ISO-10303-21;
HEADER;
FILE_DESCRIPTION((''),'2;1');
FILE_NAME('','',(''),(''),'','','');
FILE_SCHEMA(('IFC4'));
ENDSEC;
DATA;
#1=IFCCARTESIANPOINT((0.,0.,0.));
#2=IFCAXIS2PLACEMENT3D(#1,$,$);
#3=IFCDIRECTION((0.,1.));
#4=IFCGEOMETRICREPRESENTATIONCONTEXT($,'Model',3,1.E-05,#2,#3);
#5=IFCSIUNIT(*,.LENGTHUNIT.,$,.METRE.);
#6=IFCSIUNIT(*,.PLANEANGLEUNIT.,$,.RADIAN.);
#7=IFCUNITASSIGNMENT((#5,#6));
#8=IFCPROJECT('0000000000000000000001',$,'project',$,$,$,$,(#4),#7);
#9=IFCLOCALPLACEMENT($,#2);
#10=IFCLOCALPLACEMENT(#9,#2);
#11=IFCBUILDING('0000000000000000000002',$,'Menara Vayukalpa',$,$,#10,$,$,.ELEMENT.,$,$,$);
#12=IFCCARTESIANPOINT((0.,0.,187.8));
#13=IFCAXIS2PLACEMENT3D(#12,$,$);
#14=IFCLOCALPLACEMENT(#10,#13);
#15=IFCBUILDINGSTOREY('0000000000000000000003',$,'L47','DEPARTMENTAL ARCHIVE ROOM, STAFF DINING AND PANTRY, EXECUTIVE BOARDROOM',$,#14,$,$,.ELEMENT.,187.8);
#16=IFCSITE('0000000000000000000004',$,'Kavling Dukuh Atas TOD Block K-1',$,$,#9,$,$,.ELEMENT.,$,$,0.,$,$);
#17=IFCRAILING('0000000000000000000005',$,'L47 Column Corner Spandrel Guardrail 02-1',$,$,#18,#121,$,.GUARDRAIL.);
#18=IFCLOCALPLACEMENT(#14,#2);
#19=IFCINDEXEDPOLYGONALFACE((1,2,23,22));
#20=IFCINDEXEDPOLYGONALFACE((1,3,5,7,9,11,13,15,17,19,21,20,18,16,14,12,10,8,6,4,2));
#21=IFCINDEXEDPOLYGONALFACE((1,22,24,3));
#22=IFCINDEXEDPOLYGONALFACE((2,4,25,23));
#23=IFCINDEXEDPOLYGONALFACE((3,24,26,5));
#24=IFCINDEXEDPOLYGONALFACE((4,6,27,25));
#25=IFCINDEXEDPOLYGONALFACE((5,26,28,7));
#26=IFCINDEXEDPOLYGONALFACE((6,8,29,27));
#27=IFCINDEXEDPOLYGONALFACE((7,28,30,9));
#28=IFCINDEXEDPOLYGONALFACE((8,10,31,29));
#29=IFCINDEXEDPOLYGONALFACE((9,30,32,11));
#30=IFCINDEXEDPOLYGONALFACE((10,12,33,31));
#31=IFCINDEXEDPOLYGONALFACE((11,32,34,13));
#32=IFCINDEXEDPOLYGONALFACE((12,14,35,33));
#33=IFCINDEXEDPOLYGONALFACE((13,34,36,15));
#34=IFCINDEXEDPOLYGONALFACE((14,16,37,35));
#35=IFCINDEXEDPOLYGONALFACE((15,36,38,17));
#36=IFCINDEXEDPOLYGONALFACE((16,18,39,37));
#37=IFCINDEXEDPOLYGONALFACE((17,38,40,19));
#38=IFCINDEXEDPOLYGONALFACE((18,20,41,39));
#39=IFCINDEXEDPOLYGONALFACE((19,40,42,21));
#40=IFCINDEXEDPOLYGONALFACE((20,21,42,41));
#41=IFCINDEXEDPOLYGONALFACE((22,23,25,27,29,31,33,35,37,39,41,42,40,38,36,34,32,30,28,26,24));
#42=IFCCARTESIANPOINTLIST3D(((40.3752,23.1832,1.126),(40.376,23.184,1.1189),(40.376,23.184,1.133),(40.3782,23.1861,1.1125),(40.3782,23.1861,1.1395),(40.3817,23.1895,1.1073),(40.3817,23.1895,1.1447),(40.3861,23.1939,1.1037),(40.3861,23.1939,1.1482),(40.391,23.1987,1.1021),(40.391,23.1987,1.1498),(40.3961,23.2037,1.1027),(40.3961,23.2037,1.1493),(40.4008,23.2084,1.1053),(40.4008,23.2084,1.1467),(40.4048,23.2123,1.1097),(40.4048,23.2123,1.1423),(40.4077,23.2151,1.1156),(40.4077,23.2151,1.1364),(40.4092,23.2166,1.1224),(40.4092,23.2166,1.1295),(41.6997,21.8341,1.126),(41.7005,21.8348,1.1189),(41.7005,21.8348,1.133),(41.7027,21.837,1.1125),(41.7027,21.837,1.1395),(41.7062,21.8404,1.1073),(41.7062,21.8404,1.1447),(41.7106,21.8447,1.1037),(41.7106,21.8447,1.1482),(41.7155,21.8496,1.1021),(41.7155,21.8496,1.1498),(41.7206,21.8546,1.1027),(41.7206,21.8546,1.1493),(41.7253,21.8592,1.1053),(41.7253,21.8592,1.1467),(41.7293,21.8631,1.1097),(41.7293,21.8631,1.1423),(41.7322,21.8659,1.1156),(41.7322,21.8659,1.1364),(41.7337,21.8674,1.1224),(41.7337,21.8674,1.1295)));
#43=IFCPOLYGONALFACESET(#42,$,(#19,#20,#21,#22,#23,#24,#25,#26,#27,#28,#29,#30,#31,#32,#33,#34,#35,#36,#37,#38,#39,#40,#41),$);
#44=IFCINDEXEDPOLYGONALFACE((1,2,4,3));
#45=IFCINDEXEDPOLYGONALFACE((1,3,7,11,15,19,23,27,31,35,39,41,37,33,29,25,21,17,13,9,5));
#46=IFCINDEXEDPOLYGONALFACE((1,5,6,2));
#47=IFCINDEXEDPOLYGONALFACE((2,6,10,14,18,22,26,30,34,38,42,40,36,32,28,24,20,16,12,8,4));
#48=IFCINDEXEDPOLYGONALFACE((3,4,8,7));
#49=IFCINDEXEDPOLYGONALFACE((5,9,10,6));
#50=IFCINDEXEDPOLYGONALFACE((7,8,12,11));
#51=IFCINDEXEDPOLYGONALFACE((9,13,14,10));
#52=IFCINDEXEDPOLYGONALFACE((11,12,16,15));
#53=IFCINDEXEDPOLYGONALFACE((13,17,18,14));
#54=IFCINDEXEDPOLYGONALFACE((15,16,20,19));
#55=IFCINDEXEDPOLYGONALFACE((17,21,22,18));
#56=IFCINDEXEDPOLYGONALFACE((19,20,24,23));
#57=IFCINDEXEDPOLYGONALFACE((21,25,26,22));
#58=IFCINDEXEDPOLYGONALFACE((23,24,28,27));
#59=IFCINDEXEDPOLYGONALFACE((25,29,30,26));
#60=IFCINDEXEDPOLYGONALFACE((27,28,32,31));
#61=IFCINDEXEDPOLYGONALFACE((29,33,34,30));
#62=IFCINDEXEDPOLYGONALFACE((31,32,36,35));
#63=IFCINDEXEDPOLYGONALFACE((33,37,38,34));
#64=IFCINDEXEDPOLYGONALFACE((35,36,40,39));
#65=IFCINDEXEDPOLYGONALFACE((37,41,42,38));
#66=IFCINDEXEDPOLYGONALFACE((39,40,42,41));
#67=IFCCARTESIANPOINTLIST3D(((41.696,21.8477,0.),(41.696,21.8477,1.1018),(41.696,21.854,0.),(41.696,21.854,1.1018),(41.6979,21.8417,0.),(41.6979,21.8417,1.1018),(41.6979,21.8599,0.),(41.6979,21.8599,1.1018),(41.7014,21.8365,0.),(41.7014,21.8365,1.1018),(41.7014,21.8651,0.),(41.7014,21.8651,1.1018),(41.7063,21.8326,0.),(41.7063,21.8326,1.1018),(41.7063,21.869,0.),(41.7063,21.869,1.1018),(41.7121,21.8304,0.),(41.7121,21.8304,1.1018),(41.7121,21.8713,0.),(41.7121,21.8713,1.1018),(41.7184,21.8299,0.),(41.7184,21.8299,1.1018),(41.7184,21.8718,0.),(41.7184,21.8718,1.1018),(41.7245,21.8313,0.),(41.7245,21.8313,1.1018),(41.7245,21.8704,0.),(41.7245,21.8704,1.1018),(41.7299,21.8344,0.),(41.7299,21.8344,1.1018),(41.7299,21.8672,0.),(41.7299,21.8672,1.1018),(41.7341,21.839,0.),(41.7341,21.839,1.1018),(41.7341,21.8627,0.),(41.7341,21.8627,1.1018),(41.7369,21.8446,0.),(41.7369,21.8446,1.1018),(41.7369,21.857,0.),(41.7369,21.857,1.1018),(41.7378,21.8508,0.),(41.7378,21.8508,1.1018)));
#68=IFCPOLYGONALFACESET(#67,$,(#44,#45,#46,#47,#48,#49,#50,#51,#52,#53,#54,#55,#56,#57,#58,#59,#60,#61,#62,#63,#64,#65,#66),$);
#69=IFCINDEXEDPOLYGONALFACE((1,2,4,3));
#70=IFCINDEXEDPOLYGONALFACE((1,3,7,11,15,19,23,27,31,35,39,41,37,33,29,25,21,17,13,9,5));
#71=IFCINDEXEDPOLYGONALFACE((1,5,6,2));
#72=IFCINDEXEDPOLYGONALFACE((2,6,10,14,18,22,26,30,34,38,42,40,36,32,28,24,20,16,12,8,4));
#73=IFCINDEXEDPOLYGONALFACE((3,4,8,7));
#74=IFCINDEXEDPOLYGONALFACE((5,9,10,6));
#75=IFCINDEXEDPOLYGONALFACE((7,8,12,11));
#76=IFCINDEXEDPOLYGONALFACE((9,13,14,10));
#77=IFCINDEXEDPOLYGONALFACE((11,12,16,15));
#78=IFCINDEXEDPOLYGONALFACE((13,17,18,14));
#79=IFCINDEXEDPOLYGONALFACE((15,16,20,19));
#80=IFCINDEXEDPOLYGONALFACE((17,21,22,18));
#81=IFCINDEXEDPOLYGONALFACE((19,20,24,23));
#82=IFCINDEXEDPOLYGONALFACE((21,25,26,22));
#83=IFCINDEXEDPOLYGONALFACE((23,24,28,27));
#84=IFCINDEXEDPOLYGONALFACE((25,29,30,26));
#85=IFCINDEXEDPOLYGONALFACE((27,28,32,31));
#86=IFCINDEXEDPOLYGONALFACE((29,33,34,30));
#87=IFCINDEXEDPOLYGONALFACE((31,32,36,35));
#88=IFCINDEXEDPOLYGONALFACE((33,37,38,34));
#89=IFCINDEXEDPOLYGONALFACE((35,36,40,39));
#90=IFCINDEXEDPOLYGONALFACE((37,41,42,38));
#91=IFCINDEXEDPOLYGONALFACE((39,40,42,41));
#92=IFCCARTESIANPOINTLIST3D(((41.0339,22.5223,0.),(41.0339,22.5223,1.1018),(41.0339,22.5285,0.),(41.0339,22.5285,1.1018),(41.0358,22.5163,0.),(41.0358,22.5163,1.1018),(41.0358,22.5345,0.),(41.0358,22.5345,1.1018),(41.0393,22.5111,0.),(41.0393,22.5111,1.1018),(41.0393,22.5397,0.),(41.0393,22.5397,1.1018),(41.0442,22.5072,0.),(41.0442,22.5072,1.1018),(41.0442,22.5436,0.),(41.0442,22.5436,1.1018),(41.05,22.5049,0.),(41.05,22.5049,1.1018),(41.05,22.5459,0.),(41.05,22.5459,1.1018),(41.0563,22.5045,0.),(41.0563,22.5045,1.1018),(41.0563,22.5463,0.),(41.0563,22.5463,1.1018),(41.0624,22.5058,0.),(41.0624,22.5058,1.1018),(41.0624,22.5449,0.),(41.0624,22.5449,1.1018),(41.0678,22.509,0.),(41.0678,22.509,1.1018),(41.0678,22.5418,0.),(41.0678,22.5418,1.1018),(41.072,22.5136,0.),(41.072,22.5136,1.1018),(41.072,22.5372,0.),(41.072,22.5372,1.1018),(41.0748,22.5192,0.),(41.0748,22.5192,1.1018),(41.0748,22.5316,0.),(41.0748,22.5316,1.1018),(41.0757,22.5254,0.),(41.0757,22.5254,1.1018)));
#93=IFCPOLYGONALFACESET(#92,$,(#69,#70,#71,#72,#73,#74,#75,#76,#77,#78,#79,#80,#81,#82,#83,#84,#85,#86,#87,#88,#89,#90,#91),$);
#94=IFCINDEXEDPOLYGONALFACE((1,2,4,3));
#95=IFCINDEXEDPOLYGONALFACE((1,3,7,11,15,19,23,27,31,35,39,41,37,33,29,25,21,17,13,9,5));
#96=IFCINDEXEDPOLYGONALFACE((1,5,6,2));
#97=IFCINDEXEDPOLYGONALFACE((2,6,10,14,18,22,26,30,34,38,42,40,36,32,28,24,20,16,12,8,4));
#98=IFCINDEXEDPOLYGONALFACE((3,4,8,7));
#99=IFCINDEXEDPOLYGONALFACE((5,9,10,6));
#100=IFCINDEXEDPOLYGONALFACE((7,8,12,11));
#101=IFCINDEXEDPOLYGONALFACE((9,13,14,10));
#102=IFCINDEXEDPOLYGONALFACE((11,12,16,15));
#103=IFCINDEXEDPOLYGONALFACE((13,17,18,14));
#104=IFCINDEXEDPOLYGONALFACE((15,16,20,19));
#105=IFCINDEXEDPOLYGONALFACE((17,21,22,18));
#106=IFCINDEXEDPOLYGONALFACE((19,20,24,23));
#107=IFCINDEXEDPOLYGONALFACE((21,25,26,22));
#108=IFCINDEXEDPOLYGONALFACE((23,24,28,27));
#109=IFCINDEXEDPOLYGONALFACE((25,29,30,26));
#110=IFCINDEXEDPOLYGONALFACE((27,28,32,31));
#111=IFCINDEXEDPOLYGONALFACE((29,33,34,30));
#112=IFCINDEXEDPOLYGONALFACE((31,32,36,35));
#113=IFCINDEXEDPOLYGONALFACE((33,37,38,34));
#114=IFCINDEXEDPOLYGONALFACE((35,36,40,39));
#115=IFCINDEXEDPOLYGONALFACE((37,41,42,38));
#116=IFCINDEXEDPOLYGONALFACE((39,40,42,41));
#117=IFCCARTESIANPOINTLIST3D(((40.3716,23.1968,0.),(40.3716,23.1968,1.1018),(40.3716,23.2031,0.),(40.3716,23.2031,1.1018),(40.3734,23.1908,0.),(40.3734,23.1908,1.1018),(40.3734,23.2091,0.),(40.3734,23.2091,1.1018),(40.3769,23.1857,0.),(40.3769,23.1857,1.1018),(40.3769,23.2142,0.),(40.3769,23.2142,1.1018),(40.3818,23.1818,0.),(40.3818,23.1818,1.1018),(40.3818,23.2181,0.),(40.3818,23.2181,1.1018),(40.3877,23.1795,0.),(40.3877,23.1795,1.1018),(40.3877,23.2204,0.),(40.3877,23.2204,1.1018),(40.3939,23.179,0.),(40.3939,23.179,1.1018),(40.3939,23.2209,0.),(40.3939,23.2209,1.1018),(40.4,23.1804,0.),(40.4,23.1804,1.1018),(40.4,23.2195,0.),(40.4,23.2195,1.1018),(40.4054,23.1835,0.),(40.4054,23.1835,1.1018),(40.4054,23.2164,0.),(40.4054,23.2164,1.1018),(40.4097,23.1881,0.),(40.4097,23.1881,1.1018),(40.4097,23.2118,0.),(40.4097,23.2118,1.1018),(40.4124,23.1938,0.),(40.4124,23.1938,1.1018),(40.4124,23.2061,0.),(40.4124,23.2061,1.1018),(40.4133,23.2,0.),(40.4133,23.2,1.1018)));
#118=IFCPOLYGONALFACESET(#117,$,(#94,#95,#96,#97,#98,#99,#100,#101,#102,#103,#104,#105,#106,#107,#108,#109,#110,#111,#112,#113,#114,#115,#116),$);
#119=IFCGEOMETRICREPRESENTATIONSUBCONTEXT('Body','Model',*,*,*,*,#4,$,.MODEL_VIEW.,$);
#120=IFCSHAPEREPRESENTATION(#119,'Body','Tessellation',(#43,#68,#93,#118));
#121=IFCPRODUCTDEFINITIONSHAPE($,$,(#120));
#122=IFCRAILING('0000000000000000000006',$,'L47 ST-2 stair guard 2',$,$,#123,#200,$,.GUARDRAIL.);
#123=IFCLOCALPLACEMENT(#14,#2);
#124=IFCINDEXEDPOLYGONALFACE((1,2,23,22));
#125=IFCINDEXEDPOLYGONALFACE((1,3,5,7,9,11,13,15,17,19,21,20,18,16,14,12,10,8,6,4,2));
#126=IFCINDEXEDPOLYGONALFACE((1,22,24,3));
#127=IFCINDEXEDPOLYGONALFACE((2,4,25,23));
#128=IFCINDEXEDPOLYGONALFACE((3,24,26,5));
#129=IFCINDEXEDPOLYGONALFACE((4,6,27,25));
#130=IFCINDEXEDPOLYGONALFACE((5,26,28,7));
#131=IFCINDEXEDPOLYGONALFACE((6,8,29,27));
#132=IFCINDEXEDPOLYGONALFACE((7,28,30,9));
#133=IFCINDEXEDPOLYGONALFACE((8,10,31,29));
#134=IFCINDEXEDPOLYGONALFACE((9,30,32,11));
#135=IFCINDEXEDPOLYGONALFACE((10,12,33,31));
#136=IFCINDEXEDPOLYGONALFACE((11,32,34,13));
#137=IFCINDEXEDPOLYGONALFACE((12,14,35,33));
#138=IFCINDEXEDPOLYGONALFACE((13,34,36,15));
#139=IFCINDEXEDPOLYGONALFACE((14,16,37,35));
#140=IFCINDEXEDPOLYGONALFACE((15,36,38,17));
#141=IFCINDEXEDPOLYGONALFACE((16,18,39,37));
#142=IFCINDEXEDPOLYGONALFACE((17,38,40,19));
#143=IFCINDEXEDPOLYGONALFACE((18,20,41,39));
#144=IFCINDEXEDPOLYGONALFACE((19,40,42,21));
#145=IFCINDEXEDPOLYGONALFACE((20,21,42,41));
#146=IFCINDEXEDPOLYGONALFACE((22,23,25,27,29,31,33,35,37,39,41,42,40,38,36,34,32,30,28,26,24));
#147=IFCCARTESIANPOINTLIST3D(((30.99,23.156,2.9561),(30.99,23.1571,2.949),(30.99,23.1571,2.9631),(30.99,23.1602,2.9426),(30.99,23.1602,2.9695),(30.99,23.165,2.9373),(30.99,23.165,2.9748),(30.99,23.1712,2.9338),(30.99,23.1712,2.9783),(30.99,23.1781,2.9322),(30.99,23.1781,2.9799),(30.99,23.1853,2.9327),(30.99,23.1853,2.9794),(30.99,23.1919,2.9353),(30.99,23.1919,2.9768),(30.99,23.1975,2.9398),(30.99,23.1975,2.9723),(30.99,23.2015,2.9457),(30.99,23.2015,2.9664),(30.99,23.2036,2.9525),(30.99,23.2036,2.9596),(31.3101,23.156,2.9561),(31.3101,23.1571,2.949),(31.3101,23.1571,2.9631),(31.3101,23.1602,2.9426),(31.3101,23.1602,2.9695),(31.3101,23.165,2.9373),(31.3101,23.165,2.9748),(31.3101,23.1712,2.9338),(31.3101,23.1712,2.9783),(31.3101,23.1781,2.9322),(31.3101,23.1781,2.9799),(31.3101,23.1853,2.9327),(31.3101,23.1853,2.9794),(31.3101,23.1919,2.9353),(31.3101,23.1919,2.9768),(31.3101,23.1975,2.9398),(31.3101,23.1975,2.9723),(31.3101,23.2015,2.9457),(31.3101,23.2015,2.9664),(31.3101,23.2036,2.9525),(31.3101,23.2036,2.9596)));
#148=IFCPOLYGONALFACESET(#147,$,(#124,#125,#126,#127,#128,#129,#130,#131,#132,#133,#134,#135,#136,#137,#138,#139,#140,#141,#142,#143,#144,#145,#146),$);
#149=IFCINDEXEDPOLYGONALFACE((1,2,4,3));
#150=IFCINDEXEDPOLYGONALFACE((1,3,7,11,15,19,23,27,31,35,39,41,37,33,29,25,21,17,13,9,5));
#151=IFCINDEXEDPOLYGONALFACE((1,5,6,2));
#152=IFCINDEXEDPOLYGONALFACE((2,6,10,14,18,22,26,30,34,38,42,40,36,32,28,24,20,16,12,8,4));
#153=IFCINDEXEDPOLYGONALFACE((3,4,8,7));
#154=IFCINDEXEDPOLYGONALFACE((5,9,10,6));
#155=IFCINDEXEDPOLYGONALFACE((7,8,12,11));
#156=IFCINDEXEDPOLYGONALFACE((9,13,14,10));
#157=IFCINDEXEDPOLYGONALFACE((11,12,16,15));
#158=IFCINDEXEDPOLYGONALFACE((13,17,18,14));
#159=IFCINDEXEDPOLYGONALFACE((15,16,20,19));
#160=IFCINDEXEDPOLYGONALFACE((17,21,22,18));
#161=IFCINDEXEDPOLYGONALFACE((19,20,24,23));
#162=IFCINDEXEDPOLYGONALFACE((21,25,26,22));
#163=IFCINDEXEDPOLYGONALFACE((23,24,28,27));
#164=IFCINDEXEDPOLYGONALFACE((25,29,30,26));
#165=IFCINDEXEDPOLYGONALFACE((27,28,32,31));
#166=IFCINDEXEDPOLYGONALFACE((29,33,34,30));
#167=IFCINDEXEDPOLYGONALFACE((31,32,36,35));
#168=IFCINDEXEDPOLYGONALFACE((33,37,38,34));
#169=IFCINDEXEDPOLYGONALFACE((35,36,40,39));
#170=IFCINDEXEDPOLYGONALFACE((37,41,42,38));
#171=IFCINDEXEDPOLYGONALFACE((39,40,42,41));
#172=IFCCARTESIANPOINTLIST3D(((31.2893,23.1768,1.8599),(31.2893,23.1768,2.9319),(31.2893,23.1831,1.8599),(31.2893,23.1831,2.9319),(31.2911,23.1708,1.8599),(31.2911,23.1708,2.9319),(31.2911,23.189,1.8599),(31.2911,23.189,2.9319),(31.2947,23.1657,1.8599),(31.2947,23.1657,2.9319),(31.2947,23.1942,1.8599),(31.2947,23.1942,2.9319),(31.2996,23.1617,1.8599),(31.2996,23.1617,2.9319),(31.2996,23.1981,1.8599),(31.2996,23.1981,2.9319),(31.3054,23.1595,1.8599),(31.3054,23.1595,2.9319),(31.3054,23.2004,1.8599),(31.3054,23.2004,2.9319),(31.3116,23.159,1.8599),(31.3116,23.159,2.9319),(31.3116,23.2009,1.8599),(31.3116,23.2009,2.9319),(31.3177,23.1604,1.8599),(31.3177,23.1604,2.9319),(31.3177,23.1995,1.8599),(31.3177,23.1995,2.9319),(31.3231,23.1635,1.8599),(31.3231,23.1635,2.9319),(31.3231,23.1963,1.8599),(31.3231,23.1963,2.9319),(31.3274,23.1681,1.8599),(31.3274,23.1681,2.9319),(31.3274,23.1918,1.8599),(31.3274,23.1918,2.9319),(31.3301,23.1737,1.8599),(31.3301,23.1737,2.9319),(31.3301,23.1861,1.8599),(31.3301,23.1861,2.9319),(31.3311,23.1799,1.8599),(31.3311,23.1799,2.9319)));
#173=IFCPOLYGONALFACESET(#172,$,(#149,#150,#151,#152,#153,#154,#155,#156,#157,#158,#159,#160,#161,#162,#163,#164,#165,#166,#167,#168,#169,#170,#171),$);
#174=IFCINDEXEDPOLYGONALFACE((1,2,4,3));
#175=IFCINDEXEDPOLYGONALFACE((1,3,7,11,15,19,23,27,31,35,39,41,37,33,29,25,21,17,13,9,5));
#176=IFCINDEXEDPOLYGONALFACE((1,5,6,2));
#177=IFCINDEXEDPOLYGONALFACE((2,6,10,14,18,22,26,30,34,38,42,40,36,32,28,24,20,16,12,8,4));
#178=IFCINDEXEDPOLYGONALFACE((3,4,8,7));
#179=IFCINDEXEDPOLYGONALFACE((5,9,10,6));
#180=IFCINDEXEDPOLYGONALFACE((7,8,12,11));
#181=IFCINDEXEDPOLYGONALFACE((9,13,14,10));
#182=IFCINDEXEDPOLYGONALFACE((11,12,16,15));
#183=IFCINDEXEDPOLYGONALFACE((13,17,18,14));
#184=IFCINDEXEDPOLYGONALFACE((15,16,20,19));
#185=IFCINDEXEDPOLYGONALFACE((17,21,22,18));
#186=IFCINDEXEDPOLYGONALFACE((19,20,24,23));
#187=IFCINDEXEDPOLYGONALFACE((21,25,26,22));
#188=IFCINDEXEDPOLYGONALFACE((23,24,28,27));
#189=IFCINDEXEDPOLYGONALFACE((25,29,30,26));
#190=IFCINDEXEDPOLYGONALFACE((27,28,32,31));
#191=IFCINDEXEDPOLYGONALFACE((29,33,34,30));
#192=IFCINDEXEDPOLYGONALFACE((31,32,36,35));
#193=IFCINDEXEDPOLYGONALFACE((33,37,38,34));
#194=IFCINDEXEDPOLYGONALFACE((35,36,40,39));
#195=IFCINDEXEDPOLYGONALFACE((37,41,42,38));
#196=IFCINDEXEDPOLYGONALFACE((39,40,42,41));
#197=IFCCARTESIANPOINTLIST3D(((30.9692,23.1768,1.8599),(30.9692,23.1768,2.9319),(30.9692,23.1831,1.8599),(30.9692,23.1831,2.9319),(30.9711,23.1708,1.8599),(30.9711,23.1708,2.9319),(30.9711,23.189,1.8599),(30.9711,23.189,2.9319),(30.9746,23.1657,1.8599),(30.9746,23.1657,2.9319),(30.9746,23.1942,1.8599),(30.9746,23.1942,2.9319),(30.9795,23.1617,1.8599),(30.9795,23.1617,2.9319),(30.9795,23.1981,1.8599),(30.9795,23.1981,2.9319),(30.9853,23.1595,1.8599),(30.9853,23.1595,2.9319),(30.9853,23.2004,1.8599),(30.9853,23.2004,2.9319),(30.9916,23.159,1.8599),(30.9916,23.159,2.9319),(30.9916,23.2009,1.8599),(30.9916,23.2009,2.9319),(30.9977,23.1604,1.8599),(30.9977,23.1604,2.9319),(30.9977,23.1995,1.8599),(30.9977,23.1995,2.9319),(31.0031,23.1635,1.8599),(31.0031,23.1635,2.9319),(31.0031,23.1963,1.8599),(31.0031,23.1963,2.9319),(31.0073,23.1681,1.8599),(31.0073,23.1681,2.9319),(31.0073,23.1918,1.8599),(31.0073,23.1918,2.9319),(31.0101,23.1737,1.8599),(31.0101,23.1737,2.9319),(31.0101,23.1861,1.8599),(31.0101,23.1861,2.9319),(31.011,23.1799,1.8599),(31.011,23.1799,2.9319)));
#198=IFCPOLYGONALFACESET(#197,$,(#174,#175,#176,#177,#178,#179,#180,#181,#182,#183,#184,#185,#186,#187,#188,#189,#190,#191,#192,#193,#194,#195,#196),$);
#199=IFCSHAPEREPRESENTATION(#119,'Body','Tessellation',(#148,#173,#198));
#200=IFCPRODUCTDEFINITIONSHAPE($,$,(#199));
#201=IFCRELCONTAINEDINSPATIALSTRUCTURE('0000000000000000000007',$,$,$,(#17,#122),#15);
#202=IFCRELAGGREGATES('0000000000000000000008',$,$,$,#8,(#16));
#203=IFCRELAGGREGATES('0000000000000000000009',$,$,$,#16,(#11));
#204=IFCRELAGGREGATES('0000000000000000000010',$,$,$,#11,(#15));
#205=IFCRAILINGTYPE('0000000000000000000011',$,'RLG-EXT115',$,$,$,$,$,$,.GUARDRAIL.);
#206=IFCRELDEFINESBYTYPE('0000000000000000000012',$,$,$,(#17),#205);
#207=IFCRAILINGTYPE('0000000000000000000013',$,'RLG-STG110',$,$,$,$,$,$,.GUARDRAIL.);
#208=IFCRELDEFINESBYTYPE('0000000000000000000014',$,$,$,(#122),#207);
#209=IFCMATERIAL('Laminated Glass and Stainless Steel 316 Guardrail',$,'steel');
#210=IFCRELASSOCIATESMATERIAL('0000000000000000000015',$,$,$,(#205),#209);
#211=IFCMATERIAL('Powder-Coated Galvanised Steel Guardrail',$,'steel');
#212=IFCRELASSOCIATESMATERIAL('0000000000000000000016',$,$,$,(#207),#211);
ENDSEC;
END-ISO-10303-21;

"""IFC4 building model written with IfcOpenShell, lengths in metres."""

from ifc_helpers import new_model, si_unit, direction, frame, origin, origin_2d, place, context, subcontext, project, spatial, circle, extrude, material, type_object, element, save


model = new_model("IFC4")

# Units and contexts
model_context = context("Model", 3, precision=1e-05, world=origin(), true_north=direction((0.0, 1.0)))
body_context = subcontext(model_context, "Body", "Model", "MODEL_VIEW")
ifc_project = project(units=[si_unit("LENGTHUNIT", "METRE"), si_unit("PLANEANGLEUNIT", "RADIAN")], contexts=[model_context])

# Site, building, storey
site_placement = place(None, origin())
site = spatial("IfcSite", under=ifc_project, at=site_placement, Name="Kavling Dukuh Atas TOD Block K-1", CompositionType="ELEMENT", RefElevation=0.0)
building_placement = place(site_placement, origin())
building = spatial("IfcBuilding", under=site, at=building_placement, Name="Menara Vayukalpa", CompositionType="ELEMENT")
storey_placement = place(building_placement, frame((0.0, 0.0, 187.8)))
storey = spatial("IfcBuildingStorey", under=building, at=storey_placement, Name="L47", Description="DEPARTMENTAL ARCHIVE ROOM, STAFF DINING AND PANTRY, EXECUTIVE BOARDROOM", CompositionType="ELEMENT", Elevation=187.8)

# Railings
ifc_material_1 = material(Name="Laminated Glass and Stainless Steel 316 Guardrail", Category="steel")
railing_type_1 = type_object("IfcRailingType", Name="RLG-EXT115", PredefinedType="GUARDRAIL", material=ifc_material_1)
railing_1_placement = place(storey_placement, frame((41.7168, 21.8508, 0.0)))
element("IfcRailing", 1, at=railing_1_placement, inside=storey, type_object=railing_type_1, Name="L47 Column Corner Spandrel Guardrail 02-1", PredefinedType="GUARDRAIL", context=body_context, shape_type="SweptSolid", body=[
    extrude(circle(Radius=0.0239, at=origin_2d()), frame((0.0, 0.0, 1.126), z_axis=(-0.700555, 0.713598, 0.0), x_axis=(-0.713598, -0.700555, 0.0)), (0.0, 0.0, 1.0), 1.8906),
    extrude(circle(Radius=0.021, at=origin_2d()), origin(), (0.0, 0.0, 1.0), 1.1018),
    extrude(circle(Radius=0.021, at=origin_2d()), frame((-0.6621, 0.6746, 0.0)), (0.0, 0.0, 1.0), 1.1018),
    extrude(circle(Radius=0.021, at=origin_2d()), frame((-1.3245, 1.3491, 0.0)), (0.0, 0.0, 1.0), 1.1018),
])
ifc_material_2 = material(Name="Powder-Coated Galvanised Steel Guardrail", Category="steel")
railing_type_2 = type_object("IfcRailingType", Name="RLG-STG110", PredefinedType="GUARDRAIL", material=ifc_material_2)
railing_2_placement = place(storey_placement, frame((31.3101, 23.1799, 1.8599)))
element("IfcRailing", 2, at=railing_2_placement, inside=storey, type_object=railing_type_2, Name="L47 ST-2 stair guard 2", PredefinedType="GUARDRAIL", context=body_context, shape_type="SweptSolid", body=[
    extrude(circle(Radius=0.0239, at=origin_2d()), frame((0.0, 0.0, 1.0962), z_axis=(-1.0, 0.0, 0.0), x_axis=(0.0, -1.0, 0.0)), (0.0, 0.0, 1.0), 0.3201),
    extrude(circle(Radius=0.021, at=origin_2d()), origin(), (0.0, 0.0, 1.0), 1.072),
    extrude(circle(Radius=0.021, at=origin_2d()), frame((-0.3201, 0.0, 0.0)), (0.0, 0.0, 1.0), 1.072),
])

save(model, "model.ifc")
